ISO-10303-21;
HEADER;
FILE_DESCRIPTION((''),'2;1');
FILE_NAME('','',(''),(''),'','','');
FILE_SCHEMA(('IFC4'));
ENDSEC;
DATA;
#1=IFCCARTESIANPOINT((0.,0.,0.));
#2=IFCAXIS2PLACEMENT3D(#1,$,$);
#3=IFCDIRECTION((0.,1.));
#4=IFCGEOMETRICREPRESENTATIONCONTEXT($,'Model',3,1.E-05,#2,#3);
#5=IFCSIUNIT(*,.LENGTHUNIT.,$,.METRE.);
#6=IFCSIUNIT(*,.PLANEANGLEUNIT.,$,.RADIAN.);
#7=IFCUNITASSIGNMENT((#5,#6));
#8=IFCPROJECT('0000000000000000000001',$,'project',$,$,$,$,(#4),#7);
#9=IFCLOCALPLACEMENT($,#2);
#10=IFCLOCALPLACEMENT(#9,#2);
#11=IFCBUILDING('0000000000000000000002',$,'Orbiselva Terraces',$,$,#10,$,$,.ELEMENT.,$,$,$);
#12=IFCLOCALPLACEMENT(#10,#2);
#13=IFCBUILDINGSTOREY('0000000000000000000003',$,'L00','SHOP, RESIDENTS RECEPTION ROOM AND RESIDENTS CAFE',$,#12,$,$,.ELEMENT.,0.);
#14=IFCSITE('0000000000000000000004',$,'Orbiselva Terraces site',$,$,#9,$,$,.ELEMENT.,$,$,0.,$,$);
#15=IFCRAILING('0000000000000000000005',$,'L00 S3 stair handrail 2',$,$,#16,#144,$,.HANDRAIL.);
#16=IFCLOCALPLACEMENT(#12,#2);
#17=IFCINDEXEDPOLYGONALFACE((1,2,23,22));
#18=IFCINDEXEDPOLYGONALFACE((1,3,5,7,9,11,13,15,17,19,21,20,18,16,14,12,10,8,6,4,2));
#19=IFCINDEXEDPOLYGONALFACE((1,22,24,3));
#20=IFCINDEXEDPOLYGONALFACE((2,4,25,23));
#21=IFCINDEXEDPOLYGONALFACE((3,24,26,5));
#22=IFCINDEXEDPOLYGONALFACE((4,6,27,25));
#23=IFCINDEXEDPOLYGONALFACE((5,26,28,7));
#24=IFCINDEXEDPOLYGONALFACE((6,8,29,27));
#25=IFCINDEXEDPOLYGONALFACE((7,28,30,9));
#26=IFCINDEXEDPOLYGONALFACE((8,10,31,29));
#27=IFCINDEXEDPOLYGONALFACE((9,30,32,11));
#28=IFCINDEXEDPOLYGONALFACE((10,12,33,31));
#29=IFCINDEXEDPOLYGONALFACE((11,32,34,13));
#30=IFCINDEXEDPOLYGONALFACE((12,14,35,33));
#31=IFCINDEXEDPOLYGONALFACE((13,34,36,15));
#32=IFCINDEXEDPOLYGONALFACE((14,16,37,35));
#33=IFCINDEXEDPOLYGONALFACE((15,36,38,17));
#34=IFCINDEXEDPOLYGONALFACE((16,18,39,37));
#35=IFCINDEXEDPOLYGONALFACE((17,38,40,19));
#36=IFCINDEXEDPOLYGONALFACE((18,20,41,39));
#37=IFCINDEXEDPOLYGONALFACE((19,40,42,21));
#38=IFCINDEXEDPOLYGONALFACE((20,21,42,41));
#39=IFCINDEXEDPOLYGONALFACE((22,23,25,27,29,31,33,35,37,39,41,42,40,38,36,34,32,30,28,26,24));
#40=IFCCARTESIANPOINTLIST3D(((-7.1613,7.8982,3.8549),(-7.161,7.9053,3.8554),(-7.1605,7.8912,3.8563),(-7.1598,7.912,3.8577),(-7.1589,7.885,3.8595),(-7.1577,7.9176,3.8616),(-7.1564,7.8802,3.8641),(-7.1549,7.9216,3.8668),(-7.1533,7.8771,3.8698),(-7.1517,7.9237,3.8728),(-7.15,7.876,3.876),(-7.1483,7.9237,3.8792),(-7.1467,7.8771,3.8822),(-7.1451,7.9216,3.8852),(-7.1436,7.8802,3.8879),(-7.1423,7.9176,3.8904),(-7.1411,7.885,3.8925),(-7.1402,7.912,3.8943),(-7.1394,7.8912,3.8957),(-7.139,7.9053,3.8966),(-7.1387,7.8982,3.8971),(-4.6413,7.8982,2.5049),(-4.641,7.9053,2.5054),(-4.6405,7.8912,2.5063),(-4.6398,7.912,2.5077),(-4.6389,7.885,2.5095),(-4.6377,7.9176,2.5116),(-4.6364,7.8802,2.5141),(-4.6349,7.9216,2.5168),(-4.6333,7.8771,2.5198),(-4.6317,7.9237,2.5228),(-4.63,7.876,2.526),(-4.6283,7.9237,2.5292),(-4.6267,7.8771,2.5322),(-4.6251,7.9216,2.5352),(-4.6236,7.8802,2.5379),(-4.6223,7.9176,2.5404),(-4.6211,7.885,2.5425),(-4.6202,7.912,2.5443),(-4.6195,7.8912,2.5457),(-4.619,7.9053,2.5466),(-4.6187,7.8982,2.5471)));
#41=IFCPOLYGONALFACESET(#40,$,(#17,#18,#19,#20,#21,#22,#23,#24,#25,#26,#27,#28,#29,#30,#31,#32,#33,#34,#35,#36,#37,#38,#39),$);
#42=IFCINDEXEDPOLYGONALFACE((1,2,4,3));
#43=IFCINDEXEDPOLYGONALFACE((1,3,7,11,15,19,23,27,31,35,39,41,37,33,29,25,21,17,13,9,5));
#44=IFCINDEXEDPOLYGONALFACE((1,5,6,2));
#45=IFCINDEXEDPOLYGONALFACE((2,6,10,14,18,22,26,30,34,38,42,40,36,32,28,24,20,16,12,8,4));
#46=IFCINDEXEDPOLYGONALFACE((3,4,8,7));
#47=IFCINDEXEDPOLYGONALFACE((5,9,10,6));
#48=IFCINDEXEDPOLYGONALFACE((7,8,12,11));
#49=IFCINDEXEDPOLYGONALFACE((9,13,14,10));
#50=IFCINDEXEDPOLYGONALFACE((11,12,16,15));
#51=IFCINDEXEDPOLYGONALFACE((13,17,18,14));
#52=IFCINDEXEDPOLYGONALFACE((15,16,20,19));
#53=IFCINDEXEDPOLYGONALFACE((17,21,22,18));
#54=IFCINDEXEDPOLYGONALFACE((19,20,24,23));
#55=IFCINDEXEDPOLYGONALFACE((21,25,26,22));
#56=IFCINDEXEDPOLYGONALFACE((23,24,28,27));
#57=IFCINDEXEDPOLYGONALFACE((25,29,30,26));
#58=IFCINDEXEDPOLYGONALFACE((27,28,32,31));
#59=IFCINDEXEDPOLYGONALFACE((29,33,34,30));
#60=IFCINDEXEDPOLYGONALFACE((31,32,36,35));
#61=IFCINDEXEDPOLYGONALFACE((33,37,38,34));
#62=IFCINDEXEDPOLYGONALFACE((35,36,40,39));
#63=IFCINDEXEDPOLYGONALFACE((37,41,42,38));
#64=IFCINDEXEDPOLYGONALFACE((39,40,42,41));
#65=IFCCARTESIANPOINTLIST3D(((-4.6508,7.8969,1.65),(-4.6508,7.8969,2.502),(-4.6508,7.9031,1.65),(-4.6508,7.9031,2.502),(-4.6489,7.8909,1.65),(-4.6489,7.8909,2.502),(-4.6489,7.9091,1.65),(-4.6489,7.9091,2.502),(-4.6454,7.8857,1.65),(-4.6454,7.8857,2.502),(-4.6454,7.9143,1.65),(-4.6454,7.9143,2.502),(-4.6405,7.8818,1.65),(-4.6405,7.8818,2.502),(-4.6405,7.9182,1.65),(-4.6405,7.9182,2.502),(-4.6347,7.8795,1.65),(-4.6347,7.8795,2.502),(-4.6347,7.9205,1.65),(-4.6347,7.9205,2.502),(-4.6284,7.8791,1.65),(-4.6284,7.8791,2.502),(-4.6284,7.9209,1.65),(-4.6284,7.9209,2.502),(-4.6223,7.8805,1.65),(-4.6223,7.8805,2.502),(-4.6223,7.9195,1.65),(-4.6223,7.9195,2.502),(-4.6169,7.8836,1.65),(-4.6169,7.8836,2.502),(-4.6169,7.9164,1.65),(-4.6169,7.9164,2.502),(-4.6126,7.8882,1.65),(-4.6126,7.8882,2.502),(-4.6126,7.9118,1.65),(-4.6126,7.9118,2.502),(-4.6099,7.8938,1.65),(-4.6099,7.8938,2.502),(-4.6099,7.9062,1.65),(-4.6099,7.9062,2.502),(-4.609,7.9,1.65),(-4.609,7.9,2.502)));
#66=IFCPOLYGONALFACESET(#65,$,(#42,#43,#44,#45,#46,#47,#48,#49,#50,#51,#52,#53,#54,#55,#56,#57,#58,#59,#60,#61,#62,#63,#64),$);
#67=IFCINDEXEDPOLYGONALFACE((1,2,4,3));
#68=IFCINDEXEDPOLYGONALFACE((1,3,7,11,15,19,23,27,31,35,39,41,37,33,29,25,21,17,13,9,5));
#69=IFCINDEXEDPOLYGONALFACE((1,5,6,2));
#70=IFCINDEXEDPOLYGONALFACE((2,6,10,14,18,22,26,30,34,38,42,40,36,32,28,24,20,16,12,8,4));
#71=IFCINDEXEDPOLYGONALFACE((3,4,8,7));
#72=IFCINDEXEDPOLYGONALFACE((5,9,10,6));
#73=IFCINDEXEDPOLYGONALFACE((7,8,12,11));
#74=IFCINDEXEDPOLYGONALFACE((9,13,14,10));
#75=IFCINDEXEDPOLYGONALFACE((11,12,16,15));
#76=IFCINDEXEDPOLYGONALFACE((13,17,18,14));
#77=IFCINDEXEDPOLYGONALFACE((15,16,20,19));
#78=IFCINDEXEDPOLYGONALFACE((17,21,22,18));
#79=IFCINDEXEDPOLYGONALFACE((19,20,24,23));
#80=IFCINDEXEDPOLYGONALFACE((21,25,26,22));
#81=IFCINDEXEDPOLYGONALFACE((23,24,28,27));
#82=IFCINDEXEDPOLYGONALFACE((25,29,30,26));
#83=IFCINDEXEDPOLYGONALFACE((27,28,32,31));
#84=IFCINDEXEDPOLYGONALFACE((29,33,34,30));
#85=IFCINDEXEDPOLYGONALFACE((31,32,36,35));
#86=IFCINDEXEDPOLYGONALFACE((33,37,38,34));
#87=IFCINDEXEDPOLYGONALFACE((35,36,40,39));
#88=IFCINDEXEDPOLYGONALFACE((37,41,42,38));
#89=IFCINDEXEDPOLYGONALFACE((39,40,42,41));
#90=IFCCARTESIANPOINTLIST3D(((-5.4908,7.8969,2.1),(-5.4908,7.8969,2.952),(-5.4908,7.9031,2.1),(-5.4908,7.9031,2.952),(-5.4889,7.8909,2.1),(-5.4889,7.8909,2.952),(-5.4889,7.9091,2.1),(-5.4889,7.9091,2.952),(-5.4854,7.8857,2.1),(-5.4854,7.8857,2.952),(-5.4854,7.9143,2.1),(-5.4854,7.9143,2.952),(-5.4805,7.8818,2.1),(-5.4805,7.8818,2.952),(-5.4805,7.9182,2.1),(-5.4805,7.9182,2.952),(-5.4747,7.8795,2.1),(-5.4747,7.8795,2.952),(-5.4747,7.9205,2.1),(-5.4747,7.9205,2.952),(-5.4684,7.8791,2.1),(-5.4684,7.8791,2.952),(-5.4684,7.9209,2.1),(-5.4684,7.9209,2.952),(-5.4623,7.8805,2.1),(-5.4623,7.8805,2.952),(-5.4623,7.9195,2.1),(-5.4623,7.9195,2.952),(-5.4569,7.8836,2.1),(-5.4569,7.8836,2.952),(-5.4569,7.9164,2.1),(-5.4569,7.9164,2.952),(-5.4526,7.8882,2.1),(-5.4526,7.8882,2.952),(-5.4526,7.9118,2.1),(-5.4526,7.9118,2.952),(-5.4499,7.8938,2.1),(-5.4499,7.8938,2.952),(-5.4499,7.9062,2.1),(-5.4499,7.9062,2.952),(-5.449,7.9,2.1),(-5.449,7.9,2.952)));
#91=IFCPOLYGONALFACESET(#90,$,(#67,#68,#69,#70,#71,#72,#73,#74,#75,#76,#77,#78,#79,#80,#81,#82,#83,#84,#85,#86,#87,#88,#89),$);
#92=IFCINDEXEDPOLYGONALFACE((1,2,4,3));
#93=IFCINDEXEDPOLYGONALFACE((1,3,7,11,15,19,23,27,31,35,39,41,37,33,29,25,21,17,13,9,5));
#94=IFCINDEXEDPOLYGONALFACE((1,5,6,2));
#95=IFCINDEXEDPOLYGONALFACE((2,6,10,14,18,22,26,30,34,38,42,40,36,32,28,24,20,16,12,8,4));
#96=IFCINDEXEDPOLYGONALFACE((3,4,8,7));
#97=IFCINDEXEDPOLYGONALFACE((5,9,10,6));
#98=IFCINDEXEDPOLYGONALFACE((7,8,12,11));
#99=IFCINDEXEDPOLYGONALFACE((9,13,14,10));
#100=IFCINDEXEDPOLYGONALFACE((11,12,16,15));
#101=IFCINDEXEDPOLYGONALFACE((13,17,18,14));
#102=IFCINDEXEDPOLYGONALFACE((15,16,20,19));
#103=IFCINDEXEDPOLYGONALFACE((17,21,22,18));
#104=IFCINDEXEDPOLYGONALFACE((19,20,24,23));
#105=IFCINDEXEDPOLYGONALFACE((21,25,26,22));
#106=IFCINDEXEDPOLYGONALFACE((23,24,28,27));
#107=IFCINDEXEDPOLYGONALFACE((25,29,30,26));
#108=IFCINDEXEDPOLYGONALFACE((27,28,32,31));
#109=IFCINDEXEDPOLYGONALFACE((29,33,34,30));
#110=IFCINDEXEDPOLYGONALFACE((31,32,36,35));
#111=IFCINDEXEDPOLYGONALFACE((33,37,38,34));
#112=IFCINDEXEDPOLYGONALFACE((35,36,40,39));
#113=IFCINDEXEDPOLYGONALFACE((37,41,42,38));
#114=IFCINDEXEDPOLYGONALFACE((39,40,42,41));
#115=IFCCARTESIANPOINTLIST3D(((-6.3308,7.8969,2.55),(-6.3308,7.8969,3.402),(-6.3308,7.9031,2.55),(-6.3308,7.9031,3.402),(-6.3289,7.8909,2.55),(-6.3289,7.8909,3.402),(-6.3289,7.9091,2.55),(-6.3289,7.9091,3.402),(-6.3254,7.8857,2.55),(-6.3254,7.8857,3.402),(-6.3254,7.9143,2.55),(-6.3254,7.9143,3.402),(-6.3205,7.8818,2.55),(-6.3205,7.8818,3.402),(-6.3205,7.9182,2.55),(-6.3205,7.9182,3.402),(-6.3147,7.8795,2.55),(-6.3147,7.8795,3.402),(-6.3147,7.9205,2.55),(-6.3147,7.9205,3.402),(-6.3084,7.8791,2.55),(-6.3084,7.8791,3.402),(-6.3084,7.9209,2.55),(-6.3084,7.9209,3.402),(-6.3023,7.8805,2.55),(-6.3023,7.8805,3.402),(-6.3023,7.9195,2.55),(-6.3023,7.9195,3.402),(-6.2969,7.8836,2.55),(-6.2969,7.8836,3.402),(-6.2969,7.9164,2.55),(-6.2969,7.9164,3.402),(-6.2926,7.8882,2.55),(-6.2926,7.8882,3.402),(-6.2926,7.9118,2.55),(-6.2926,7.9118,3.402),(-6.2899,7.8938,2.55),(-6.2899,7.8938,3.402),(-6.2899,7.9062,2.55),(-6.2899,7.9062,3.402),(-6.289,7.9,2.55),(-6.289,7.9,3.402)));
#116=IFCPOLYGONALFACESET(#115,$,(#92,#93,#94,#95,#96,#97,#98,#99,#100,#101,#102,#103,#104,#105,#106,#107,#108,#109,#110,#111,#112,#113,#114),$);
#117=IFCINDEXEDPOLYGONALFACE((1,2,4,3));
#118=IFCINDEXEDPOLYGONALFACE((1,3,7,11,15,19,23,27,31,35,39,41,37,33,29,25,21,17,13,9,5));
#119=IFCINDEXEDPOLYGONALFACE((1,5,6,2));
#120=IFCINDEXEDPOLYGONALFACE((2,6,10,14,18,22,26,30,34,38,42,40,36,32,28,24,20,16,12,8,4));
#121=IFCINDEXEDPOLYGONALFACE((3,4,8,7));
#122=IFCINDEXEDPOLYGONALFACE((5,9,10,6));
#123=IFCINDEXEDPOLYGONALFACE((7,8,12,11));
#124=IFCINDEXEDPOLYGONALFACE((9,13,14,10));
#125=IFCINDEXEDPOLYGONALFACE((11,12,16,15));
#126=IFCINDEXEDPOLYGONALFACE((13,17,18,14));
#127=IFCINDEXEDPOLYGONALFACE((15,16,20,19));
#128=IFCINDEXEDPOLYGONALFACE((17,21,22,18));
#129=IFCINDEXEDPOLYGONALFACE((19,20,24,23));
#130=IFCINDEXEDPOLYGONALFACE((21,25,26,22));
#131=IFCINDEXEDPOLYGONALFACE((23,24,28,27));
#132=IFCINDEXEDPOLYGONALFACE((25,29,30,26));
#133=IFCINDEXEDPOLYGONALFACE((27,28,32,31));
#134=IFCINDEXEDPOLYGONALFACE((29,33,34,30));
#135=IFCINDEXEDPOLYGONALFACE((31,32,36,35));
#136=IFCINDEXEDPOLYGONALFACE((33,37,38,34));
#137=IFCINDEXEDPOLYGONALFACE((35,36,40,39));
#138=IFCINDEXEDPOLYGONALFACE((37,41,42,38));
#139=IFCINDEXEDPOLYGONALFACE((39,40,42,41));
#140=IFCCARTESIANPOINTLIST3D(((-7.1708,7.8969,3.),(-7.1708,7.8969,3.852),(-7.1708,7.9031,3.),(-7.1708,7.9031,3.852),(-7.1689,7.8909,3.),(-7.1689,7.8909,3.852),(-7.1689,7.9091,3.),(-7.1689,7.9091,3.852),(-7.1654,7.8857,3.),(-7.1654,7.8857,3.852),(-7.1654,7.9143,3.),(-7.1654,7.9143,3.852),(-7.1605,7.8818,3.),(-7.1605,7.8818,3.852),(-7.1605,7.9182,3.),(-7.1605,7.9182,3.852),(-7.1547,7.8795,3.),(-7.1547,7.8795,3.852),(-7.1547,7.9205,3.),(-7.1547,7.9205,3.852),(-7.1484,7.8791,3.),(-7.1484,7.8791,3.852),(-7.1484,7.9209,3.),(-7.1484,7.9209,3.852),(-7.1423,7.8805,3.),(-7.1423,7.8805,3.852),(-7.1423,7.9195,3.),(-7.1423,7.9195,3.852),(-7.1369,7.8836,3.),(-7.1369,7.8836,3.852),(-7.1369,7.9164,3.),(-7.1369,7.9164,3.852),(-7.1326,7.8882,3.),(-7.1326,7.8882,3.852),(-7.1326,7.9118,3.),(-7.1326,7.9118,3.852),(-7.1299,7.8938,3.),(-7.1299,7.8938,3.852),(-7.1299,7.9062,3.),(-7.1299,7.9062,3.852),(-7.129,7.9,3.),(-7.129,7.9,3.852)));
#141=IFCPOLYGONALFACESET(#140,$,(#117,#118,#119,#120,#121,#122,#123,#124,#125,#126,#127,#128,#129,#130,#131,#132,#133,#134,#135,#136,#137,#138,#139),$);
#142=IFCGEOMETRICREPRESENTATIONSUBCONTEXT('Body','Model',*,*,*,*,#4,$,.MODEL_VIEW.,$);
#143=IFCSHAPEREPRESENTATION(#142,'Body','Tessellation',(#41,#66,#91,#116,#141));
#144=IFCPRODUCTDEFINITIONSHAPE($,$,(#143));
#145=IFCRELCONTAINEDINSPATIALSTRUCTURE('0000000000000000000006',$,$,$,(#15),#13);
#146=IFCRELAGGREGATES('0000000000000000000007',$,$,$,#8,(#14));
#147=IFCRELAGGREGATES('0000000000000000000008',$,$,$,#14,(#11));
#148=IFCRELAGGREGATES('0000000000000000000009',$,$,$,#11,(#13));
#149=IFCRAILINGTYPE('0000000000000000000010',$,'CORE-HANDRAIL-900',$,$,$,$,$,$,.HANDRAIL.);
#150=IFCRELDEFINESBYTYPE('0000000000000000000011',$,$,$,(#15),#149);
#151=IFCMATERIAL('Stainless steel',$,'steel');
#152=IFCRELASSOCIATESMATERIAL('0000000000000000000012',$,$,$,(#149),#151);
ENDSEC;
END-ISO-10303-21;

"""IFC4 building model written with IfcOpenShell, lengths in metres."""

from ifc_helpers import new_model, si_unit, direction, frame, origin, origin_2d, place, context, subcontext, project, spatial, circle, extrude, material, type_object, element, save


model = new_model("IFC4")

# Units and contexts
model_context = context("Model", 3, precision=1e-05, world=origin(), true_north=direction((0.0, 1.0)))
body_context = subcontext(model_context, "Body", "Model", "MODEL_VIEW")
ifc_project = project(units=[si_unit("LENGTHUNIT", "METRE"), si_unit("PLANEANGLEUNIT", "RADIAN")], contexts=[model_context])

# Site, building, storey
site_placement = place(None, origin())
site = spatial("IfcSite", under=ifc_project, at=site_placement, Name="Orbiselva Terraces site", CompositionType="ELEMENT", RefElevation=0.0)
building_placement = place(site_placement, origin())
building = spatial("IfcBuilding", under=site, at=building_placement, Name="Orbiselva Terraces", CompositionType="ELEMENT")
storey_placement = place(building_placement, origin())
storey = spatial("IfcBuildingStorey", under=building, at=storey_placement, Name="L00", Description="SHOP, RESIDENTS RECEPTION ROOM AND RESIDENTS CAFE", CompositionType="ELEMENT", Elevation=0.0)

# Railing
ifc_material_1 = material(Name="Stainless steel", Category="steel")
railing_type_1 = type_object("IfcRailingType", Name="CORE-HANDRAIL-900", PredefinedType="HANDRAIL", material=ifc_material_1)
railing_1_placement = place(storey_placement, frame((-4.63, 7.9, 1.65)))
element("IfcRailing", 1, at=railing_1_placement, inside=storey, type_object=railing_type_1, Name="L00 S3 stair handrail 2", PredefinedType="HANDRAIL", context=body_context, shape_type="SweptSolid", body=[
    extrude(circle(Radius=0.024, at=origin_2d()), frame((0.0, 0.0, 0.876), z_axis=(-0.88148, 0.0, 0.472221), x_axis=(0.0, -1.0, 0.0)), (0.0, 0.0, 1.0), 2.8588),
    extrude(circle(Radius=0.021, at=origin_2d()), origin(), (0.0, 0.0, 1.0), 0.852),
    extrude(circle(Radius=0.021, at=origin_2d()), frame((-0.84, 0.0, 0.45)), (0.0, 0.0, 1.0), 0.852),
    extrude(circle(Radius=0.021, at=origin_2d()), frame((-1.68, 0.0, 0.9)), (0.0, 0.0, 1.0), 0.852),
    extrude(circle(Radius=0.021, at=origin_2d()), frame((-2.52, 0.0, 1.35)), (0.0, 0.0, 1.0), 0.852),
])

save(model, "model.ifc")
